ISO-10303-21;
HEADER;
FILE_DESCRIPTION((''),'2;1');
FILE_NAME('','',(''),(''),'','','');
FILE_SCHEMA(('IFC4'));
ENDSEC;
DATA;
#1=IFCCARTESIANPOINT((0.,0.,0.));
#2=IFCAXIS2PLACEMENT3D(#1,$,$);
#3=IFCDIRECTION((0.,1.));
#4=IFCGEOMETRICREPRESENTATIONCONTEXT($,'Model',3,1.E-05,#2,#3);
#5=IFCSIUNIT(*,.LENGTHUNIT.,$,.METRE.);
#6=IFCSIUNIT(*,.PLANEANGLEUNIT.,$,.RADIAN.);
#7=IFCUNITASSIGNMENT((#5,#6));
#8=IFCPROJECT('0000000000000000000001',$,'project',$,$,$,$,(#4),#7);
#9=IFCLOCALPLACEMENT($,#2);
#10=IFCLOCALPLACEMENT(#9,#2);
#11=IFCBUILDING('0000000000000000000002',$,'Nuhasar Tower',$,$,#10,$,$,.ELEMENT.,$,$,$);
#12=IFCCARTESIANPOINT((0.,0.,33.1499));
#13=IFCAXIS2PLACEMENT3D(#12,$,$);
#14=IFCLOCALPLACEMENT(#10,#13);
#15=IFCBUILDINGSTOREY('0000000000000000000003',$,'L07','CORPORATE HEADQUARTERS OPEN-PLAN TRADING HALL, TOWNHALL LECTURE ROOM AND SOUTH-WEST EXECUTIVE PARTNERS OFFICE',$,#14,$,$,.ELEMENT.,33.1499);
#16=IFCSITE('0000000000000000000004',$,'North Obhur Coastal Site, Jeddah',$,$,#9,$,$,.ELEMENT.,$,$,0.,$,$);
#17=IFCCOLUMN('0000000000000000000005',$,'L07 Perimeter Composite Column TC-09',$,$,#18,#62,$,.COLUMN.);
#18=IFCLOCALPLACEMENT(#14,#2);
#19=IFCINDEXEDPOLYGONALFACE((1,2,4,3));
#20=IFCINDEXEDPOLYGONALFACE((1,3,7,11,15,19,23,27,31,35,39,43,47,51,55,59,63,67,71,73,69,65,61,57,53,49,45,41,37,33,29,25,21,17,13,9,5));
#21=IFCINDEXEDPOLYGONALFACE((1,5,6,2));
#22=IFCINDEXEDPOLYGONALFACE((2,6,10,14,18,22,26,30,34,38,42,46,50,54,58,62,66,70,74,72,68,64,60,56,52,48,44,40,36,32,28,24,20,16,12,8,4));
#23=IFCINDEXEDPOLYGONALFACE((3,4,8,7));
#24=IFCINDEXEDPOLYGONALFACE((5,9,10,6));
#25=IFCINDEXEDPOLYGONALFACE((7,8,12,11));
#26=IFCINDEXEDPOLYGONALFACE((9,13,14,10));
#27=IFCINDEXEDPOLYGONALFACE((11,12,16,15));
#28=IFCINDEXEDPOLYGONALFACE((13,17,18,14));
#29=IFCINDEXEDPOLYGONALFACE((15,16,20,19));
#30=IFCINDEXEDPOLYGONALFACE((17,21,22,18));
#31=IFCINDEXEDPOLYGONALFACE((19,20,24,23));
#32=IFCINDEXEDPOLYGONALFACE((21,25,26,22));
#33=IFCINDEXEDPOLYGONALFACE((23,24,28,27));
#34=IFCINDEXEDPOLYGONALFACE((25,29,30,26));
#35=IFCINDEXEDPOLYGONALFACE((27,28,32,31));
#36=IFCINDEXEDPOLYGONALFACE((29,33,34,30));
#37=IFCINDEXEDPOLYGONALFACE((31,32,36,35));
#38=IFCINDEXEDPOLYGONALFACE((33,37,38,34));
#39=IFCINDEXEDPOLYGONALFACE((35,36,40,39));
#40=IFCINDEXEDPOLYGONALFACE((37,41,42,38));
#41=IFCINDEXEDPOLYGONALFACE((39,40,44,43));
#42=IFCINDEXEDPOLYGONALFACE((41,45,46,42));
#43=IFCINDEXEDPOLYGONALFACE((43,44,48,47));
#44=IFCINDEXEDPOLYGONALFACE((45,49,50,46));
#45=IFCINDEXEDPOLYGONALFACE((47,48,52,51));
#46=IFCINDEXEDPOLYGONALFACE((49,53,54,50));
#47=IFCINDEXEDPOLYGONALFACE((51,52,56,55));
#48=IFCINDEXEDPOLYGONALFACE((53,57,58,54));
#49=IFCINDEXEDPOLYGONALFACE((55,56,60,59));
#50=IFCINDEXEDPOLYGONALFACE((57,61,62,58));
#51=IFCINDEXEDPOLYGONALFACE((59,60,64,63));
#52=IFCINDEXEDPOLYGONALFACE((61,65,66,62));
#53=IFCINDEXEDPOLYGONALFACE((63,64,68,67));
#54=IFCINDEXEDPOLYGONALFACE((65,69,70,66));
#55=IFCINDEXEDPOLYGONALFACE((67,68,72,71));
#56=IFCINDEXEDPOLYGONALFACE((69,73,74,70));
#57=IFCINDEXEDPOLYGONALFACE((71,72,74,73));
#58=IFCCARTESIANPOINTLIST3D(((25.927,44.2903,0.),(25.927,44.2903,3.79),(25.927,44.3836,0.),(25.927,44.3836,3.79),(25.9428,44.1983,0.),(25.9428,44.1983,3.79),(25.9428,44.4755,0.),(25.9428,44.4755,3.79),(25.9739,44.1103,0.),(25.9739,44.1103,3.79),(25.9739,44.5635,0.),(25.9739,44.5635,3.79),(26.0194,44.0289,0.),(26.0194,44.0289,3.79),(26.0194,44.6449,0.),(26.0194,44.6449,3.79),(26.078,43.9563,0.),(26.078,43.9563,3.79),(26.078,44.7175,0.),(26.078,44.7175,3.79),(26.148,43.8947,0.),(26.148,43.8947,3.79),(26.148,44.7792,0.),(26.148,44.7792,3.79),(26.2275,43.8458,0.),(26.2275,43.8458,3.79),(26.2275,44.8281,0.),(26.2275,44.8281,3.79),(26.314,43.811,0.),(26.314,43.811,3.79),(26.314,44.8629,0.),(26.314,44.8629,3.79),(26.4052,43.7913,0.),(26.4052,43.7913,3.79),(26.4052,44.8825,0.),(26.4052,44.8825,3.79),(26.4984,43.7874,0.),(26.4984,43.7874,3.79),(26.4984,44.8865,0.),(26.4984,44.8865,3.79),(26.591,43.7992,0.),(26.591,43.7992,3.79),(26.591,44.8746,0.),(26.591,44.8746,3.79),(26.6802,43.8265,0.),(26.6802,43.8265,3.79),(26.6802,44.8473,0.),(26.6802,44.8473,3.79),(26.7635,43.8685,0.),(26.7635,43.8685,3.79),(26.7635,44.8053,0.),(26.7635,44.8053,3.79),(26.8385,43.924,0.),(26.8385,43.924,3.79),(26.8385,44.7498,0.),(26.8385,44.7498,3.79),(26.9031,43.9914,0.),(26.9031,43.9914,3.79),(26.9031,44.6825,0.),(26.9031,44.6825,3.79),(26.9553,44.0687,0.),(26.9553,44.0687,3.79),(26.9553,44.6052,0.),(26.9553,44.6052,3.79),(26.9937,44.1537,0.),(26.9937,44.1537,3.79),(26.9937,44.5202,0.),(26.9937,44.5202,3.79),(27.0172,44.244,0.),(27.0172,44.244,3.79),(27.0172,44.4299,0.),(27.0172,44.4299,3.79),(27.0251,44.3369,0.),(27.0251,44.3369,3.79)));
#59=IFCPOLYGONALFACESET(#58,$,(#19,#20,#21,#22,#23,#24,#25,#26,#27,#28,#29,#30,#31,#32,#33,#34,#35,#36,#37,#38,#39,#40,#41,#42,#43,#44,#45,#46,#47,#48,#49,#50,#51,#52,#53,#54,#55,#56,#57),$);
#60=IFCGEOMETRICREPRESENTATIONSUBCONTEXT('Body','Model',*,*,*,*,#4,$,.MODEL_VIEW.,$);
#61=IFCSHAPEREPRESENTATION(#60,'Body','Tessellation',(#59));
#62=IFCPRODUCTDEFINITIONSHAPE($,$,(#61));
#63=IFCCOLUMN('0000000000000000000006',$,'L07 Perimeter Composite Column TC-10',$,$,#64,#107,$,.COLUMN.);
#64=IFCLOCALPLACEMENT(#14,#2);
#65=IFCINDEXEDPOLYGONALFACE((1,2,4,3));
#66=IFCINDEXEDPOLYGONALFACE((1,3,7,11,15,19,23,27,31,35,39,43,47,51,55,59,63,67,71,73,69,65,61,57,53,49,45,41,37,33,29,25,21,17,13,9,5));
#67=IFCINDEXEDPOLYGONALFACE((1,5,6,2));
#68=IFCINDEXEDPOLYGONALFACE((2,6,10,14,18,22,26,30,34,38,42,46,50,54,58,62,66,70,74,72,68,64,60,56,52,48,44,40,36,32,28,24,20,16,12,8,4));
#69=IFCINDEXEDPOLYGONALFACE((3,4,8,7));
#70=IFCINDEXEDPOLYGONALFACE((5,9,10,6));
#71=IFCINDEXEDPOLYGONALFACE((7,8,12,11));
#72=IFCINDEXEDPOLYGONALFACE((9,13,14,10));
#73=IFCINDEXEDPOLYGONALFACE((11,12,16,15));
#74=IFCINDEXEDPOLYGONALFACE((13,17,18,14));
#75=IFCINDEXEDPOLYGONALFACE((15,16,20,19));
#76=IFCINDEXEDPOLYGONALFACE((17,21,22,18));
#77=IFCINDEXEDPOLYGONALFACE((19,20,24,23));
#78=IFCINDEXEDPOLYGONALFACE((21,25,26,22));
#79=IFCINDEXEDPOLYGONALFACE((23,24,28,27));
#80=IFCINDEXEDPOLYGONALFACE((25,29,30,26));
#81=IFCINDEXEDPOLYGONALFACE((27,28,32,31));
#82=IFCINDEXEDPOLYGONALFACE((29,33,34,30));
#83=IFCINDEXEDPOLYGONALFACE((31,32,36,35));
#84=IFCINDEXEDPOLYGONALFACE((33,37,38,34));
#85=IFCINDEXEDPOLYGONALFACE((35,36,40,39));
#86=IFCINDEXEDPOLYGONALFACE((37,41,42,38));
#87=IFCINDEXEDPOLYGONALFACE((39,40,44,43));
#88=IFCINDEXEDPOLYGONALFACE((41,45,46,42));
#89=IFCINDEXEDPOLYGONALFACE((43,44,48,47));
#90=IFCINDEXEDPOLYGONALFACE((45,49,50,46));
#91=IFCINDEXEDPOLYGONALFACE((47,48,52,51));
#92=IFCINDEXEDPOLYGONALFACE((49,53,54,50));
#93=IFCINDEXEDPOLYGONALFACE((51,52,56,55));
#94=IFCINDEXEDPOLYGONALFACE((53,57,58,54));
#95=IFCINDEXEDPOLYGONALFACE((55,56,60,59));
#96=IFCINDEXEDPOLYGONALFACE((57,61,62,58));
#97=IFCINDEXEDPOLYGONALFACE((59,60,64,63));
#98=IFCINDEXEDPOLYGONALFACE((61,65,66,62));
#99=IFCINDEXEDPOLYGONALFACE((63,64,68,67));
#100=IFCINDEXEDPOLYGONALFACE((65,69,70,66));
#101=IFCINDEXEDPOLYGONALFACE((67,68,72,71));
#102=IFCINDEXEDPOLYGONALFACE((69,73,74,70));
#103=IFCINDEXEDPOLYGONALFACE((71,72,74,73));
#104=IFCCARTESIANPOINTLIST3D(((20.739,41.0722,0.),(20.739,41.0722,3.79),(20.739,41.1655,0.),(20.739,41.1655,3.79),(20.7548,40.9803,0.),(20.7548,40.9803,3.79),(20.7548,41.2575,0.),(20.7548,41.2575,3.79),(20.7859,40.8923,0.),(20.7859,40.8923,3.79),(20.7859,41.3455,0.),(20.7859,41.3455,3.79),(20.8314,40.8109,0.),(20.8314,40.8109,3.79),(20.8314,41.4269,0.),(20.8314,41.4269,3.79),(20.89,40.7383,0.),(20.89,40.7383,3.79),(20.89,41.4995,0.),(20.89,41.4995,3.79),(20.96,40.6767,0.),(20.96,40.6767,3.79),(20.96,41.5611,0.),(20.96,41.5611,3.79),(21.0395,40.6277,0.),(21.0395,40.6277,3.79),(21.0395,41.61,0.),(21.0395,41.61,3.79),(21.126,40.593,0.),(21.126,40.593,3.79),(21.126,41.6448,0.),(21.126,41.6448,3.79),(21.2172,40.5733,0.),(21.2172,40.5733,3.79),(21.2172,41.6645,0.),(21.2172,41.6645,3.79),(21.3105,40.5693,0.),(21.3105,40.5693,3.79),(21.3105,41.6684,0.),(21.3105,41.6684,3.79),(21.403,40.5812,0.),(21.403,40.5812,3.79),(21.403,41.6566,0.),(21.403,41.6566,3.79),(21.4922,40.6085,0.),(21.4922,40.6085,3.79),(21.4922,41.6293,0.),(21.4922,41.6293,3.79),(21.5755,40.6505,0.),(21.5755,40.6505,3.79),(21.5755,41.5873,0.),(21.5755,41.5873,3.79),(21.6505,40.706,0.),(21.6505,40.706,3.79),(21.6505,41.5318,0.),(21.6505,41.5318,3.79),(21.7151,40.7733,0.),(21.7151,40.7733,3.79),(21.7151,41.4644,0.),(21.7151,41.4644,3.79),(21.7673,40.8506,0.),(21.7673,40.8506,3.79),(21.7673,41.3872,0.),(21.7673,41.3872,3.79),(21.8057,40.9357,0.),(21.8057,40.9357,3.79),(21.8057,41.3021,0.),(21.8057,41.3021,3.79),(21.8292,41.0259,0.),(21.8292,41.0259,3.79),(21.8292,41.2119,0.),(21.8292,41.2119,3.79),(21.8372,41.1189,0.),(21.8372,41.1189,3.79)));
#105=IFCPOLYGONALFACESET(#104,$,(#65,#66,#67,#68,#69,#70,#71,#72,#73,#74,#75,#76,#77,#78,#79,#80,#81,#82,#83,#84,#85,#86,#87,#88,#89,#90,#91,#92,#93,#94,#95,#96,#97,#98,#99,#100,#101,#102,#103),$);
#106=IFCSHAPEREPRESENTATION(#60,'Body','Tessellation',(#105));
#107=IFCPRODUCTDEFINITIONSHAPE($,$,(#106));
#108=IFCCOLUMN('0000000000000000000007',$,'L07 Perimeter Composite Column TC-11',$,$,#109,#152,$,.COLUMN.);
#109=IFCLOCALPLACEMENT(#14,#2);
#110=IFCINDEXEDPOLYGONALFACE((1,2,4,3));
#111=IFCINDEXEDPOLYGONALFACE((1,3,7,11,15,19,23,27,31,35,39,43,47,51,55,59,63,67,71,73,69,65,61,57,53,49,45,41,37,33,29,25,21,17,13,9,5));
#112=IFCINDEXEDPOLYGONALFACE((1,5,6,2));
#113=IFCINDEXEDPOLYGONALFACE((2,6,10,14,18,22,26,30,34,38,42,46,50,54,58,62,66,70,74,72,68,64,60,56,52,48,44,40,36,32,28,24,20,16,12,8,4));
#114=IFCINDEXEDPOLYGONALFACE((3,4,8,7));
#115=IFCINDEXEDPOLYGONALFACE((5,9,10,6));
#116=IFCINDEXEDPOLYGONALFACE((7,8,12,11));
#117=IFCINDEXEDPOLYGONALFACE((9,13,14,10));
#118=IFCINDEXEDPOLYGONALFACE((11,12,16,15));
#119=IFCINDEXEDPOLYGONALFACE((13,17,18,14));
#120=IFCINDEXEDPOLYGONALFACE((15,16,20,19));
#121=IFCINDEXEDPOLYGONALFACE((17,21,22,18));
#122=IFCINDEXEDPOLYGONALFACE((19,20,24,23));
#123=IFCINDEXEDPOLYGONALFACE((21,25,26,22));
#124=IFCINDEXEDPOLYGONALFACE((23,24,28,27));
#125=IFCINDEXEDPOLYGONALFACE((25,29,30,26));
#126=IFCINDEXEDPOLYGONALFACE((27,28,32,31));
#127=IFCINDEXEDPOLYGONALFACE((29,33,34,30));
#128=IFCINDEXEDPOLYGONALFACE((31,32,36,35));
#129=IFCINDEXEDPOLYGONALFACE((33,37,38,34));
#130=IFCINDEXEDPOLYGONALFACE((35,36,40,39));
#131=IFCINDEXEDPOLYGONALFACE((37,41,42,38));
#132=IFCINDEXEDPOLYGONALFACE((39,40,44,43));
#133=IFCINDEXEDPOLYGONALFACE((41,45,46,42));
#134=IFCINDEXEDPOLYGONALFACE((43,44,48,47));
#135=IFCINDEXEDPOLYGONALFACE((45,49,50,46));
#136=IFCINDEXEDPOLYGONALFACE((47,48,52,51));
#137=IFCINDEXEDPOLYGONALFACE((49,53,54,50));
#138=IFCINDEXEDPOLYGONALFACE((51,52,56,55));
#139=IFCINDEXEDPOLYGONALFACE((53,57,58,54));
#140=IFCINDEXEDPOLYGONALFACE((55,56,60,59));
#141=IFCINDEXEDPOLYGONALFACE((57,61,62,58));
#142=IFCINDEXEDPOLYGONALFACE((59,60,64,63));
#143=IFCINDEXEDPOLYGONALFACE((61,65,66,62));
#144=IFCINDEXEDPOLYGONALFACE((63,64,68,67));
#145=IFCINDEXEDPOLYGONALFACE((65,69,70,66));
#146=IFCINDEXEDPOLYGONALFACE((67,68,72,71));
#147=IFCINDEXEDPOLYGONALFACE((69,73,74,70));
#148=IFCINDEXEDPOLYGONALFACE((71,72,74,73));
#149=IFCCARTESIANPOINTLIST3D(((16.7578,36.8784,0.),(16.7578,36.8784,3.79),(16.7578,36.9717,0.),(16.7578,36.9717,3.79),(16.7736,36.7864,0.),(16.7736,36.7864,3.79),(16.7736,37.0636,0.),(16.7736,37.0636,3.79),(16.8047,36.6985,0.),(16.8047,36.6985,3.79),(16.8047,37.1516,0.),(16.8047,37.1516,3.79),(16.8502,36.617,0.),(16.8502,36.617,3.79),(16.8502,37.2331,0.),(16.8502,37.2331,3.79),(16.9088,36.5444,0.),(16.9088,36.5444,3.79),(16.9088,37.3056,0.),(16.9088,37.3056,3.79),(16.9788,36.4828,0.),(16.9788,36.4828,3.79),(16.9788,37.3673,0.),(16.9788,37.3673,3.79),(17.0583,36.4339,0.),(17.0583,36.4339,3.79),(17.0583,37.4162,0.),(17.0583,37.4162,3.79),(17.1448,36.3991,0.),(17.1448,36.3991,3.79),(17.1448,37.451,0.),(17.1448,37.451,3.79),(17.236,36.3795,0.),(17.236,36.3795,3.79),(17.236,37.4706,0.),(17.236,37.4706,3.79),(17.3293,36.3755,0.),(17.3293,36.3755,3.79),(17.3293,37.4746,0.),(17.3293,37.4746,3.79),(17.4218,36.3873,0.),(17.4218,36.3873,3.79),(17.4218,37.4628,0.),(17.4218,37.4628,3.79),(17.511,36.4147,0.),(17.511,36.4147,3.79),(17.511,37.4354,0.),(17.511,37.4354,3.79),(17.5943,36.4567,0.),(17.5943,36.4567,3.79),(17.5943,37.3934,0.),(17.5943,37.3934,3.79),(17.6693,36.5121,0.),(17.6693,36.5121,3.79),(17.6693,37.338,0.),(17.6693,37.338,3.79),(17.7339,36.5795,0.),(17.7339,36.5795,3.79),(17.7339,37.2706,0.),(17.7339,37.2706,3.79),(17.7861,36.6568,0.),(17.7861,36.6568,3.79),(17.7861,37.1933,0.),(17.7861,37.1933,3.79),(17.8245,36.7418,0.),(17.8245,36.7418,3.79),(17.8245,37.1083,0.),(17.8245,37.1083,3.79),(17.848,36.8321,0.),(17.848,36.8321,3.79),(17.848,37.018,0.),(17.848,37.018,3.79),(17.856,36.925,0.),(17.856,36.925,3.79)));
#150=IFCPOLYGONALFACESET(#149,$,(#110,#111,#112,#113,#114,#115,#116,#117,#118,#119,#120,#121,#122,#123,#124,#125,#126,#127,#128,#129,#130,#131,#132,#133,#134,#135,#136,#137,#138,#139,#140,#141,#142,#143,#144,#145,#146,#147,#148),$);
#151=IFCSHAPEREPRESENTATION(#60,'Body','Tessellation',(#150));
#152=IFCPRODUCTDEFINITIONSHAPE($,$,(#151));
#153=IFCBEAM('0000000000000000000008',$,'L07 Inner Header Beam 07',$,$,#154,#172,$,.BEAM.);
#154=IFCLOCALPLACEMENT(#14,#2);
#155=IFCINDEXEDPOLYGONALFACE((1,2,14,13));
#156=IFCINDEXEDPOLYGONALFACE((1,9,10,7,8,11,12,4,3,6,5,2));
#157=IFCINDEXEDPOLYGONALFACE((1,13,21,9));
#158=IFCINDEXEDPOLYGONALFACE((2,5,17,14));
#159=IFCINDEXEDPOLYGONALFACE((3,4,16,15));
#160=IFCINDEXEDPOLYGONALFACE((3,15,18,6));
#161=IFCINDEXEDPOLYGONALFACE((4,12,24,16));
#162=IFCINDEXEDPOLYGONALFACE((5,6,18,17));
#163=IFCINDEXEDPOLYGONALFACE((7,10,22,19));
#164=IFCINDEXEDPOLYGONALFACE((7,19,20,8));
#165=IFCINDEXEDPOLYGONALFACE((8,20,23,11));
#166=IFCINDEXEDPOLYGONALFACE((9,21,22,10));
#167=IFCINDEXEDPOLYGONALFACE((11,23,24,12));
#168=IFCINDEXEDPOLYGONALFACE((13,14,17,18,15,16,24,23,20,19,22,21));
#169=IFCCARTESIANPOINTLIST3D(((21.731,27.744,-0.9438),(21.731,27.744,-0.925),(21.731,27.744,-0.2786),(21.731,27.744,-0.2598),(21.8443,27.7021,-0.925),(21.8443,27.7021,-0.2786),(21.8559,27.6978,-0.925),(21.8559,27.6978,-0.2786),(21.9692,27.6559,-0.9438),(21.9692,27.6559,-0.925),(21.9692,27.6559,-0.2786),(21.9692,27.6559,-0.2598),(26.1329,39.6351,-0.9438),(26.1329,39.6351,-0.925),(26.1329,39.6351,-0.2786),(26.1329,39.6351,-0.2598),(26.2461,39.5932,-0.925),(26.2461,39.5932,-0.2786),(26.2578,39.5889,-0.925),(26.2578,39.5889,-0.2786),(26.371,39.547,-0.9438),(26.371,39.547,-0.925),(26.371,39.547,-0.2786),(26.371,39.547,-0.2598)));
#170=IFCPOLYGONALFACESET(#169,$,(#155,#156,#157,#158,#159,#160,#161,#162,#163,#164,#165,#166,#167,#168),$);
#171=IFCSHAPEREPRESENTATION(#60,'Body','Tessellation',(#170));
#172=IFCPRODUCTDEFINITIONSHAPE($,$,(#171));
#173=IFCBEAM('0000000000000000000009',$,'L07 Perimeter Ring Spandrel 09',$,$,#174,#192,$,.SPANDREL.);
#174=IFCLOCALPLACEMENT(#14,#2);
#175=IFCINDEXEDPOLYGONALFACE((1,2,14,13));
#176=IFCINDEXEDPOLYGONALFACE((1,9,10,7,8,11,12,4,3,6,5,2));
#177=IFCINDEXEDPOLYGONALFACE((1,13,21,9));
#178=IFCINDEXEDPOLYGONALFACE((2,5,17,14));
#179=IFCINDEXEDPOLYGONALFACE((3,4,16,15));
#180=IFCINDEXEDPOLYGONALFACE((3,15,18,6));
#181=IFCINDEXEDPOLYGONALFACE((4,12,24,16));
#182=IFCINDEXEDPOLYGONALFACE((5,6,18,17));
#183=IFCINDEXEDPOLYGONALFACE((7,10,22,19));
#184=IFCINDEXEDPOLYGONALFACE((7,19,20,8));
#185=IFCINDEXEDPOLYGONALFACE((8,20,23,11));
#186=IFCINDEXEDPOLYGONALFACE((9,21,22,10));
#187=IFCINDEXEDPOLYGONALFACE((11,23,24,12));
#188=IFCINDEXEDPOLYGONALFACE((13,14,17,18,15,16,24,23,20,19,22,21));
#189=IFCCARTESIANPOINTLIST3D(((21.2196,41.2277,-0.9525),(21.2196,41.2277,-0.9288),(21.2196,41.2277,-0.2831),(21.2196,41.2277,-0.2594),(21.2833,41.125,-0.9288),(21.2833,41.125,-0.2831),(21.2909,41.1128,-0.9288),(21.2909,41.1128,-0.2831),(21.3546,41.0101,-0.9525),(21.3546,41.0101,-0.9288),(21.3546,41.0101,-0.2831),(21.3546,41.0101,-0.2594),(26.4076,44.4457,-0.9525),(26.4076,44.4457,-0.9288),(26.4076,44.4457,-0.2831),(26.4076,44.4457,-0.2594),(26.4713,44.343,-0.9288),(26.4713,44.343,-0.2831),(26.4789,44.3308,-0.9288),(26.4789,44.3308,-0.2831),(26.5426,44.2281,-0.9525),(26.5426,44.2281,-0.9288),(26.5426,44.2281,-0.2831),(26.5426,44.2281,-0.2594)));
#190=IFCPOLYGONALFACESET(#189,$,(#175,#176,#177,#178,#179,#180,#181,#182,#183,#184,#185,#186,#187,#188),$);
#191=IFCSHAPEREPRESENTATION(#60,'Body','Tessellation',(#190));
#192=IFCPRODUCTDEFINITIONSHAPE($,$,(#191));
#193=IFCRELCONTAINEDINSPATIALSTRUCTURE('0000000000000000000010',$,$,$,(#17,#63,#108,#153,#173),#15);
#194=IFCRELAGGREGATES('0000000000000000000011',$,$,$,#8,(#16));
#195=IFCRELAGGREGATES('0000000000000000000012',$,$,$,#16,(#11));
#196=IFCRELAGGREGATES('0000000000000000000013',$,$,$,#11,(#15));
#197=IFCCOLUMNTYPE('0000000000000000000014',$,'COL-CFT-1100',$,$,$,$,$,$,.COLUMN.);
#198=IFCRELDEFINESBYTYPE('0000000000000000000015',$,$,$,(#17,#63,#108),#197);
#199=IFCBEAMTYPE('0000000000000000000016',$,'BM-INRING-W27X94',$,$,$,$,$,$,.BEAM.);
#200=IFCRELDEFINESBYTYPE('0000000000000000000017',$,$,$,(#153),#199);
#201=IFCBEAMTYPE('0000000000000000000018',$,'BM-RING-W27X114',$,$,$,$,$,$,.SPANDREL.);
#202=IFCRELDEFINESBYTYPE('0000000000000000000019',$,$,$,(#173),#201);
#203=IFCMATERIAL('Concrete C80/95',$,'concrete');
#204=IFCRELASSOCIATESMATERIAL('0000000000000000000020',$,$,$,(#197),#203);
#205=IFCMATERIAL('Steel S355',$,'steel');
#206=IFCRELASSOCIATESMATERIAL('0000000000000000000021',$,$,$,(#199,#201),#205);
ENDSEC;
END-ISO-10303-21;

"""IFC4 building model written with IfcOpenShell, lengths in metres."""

from ifc_helpers import new_model, si_unit, direction, frame, origin, origin_2d, place, context, subcontext, project, spatial, circle, i_section, extrude, material, material_profile, profile_set, type_object, element, save


model = new_model("IFC4")

# Units and contexts
model_context = context("Model", 3, precision=1e-05, world=origin(), true_north=direction((0.0, 1.0)))
body_context = subcontext(model_context, "Body", "Model", "MODEL_VIEW")
ifc_project = project(units=[si_unit("LENGTHUNIT", "METRE"), si_unit("PLANEANGLEUNIT", "RADIAN")], contexts=[model_context])

# Site, building, storey
site_placement = place(None, origin())
site = spatial("IfcSite", under=ifc_project, at=site_placement, Name="North Obhur Coastal Site, Jeddah", CompositionType="ELEMENT", RefElevation=0.0)
building_placement = place(site_placement, origin())
building = spatial("IfcBuilding", under=site, at=building_placement, Name="Nuhasar Tower", CompositionType="ELEMENT")
storey_placement = place(building_placement, frame((0.0, 0.0, 33.1499)))
storey = spatial("IfcBuildingStorey", under=building, at=storey_placement, Name="L07", Description="CORPORATE HEADQUARTERS OPEN-PLAN TRADING HALL, TOWNHALL LECTURE ROOM AND SOUTH-WEST EXECUTIVE PARTNERS OFFICE", CompositionType="ELEMENT", Elevation=33.1499)

# Columns
ifc_material_1 = material(Name="Concrete C80/95", Category="concrete")
ifc_material_profile_1 = material_profile(ifc_material_1, circle(Radius=0.55, at=origin_2d()), Name="CFT1100")
ifc_profile_set_1 = profile_set([ifc_material_profile_1], Name="Concrete C80/95")
column_type = type_object("IfcColumnType", Name="COL-CFT-1100", PredefinedType="COLUMN", material=ifc_profile_set_1)
for number, where, z_axis, x_axis, name in (
    (1, (26.4751, 44.3369, 0.0), (0.0, 0.0, 1.0), (1.0, 0.0, 0.0), "L07 Perimeter Composite Column TC-09"),
    (2, (21.2871, 41.1189, 0.0), (0.0, 0.0, 1.0), (1.0, 0.0, 0.0), "L07 Perimeter Composite Column TC-10"),
    (3, (17.3059, 36.925, 0.0), (0.0, 0.0, 1.0), (1.0, 0.0, 0.0), "L07 Perimeter Composite Column TC-11"),
):
    element("IfcColumn", number, at=place(storey_placement, frame(where, z_axis=z_axis, x_axis=x_axis)), inside=storey, type_object=column_type, Name=name, PredefinedType="COLUMN", context=body_context, shape_type="SweptSolid", body=[
        extrude(circle(Radius=0.55, at=origin_2d()), origin(), (0.0, 0.0, 1.0), 3.79),
    ])

# Beams
ifc_material_2 = material(Name="Steel S355", Category="steel")
ifc_material_profile_2 = material_profile(ifc_material_2, i_section(OverallWidth=0.2539, OverallDepth=0.6841, WebThickness=0.0125, FlangeThickness=0.0188, at=origin_2d()), Name="W27X94")
ifc_profile_set_2 = profile_set([ifc_material_profile_2], Name="Steel S355")
beam_type_1 = type_object("IfcBeamType", Name="BM-INRING-W27X94", PredefinedType="BEAM", material=ifc_profile_set_2)
beam_1_placement = place(storey_placement, frame((26.252, 39.5911, -0.6018), z_axis=(-0.347158, -0.937807, 0.0), x_axis=(0.937807, -0.347158, 0.0)))
element("IfcBeam", 4, at=beam_1_placement, inside=storey, type_object=beam_type_1, Name="L07 Inner Header Beam 07", PredefinedType="BEAM", context=body_context, shape_type="SweptSolid", body=[
    extrude(i_section(OverallWidth=0.2539, OverallDepth=0.6841, WebThickness=0.0125, FlangeThickness=0.0188, at=origin_2d()), origin(), (0.0, 0.0, 1.0), 12.6797),
])
ifc_material_profile_3 = material_profile(ifc_material_2, i_section(OverallWidth=0.2561, OverallDepth=0.6931, WebThickness=0.0144, FlangeThickness=0.0237, at=origin_2d()), Name="W27X114")
ifc_profile_set_3 = profile_set([ifc_material_profile_3], Name="Steel S355")
beam_type_2 = type_object("IfcBeamType", Name="BM-RING-W27X114", PredefinedType="SPANDREL", material=ifc_profile_set_3)
beam_2_placement = place(storey_placement, frame((26.4751, 44.3369, -0.606), z_axis=(-0.849795, -0.527113, 0.0), x_axis=(0.527113, -0.849795, 0.0)))
element("IfcBeam", 5, at=beam_2_placement, inside=storey, type_object=beam_type_2, Name="L07 Perimeter Ring Spandrel 09", PredefinedType="SPANDREL", context=body_context, shape_type="SweptSolid", body=[
    extrude(i_section(OverallWidth=0.2561, OverallDepth=0.6931, WebThickness=0.0144, FlangeThickness=0.0237, at=origin_2d()), origin(), (0.0, 0.0, 1.0), 6.105),
])

save(model, "model.ifc")
